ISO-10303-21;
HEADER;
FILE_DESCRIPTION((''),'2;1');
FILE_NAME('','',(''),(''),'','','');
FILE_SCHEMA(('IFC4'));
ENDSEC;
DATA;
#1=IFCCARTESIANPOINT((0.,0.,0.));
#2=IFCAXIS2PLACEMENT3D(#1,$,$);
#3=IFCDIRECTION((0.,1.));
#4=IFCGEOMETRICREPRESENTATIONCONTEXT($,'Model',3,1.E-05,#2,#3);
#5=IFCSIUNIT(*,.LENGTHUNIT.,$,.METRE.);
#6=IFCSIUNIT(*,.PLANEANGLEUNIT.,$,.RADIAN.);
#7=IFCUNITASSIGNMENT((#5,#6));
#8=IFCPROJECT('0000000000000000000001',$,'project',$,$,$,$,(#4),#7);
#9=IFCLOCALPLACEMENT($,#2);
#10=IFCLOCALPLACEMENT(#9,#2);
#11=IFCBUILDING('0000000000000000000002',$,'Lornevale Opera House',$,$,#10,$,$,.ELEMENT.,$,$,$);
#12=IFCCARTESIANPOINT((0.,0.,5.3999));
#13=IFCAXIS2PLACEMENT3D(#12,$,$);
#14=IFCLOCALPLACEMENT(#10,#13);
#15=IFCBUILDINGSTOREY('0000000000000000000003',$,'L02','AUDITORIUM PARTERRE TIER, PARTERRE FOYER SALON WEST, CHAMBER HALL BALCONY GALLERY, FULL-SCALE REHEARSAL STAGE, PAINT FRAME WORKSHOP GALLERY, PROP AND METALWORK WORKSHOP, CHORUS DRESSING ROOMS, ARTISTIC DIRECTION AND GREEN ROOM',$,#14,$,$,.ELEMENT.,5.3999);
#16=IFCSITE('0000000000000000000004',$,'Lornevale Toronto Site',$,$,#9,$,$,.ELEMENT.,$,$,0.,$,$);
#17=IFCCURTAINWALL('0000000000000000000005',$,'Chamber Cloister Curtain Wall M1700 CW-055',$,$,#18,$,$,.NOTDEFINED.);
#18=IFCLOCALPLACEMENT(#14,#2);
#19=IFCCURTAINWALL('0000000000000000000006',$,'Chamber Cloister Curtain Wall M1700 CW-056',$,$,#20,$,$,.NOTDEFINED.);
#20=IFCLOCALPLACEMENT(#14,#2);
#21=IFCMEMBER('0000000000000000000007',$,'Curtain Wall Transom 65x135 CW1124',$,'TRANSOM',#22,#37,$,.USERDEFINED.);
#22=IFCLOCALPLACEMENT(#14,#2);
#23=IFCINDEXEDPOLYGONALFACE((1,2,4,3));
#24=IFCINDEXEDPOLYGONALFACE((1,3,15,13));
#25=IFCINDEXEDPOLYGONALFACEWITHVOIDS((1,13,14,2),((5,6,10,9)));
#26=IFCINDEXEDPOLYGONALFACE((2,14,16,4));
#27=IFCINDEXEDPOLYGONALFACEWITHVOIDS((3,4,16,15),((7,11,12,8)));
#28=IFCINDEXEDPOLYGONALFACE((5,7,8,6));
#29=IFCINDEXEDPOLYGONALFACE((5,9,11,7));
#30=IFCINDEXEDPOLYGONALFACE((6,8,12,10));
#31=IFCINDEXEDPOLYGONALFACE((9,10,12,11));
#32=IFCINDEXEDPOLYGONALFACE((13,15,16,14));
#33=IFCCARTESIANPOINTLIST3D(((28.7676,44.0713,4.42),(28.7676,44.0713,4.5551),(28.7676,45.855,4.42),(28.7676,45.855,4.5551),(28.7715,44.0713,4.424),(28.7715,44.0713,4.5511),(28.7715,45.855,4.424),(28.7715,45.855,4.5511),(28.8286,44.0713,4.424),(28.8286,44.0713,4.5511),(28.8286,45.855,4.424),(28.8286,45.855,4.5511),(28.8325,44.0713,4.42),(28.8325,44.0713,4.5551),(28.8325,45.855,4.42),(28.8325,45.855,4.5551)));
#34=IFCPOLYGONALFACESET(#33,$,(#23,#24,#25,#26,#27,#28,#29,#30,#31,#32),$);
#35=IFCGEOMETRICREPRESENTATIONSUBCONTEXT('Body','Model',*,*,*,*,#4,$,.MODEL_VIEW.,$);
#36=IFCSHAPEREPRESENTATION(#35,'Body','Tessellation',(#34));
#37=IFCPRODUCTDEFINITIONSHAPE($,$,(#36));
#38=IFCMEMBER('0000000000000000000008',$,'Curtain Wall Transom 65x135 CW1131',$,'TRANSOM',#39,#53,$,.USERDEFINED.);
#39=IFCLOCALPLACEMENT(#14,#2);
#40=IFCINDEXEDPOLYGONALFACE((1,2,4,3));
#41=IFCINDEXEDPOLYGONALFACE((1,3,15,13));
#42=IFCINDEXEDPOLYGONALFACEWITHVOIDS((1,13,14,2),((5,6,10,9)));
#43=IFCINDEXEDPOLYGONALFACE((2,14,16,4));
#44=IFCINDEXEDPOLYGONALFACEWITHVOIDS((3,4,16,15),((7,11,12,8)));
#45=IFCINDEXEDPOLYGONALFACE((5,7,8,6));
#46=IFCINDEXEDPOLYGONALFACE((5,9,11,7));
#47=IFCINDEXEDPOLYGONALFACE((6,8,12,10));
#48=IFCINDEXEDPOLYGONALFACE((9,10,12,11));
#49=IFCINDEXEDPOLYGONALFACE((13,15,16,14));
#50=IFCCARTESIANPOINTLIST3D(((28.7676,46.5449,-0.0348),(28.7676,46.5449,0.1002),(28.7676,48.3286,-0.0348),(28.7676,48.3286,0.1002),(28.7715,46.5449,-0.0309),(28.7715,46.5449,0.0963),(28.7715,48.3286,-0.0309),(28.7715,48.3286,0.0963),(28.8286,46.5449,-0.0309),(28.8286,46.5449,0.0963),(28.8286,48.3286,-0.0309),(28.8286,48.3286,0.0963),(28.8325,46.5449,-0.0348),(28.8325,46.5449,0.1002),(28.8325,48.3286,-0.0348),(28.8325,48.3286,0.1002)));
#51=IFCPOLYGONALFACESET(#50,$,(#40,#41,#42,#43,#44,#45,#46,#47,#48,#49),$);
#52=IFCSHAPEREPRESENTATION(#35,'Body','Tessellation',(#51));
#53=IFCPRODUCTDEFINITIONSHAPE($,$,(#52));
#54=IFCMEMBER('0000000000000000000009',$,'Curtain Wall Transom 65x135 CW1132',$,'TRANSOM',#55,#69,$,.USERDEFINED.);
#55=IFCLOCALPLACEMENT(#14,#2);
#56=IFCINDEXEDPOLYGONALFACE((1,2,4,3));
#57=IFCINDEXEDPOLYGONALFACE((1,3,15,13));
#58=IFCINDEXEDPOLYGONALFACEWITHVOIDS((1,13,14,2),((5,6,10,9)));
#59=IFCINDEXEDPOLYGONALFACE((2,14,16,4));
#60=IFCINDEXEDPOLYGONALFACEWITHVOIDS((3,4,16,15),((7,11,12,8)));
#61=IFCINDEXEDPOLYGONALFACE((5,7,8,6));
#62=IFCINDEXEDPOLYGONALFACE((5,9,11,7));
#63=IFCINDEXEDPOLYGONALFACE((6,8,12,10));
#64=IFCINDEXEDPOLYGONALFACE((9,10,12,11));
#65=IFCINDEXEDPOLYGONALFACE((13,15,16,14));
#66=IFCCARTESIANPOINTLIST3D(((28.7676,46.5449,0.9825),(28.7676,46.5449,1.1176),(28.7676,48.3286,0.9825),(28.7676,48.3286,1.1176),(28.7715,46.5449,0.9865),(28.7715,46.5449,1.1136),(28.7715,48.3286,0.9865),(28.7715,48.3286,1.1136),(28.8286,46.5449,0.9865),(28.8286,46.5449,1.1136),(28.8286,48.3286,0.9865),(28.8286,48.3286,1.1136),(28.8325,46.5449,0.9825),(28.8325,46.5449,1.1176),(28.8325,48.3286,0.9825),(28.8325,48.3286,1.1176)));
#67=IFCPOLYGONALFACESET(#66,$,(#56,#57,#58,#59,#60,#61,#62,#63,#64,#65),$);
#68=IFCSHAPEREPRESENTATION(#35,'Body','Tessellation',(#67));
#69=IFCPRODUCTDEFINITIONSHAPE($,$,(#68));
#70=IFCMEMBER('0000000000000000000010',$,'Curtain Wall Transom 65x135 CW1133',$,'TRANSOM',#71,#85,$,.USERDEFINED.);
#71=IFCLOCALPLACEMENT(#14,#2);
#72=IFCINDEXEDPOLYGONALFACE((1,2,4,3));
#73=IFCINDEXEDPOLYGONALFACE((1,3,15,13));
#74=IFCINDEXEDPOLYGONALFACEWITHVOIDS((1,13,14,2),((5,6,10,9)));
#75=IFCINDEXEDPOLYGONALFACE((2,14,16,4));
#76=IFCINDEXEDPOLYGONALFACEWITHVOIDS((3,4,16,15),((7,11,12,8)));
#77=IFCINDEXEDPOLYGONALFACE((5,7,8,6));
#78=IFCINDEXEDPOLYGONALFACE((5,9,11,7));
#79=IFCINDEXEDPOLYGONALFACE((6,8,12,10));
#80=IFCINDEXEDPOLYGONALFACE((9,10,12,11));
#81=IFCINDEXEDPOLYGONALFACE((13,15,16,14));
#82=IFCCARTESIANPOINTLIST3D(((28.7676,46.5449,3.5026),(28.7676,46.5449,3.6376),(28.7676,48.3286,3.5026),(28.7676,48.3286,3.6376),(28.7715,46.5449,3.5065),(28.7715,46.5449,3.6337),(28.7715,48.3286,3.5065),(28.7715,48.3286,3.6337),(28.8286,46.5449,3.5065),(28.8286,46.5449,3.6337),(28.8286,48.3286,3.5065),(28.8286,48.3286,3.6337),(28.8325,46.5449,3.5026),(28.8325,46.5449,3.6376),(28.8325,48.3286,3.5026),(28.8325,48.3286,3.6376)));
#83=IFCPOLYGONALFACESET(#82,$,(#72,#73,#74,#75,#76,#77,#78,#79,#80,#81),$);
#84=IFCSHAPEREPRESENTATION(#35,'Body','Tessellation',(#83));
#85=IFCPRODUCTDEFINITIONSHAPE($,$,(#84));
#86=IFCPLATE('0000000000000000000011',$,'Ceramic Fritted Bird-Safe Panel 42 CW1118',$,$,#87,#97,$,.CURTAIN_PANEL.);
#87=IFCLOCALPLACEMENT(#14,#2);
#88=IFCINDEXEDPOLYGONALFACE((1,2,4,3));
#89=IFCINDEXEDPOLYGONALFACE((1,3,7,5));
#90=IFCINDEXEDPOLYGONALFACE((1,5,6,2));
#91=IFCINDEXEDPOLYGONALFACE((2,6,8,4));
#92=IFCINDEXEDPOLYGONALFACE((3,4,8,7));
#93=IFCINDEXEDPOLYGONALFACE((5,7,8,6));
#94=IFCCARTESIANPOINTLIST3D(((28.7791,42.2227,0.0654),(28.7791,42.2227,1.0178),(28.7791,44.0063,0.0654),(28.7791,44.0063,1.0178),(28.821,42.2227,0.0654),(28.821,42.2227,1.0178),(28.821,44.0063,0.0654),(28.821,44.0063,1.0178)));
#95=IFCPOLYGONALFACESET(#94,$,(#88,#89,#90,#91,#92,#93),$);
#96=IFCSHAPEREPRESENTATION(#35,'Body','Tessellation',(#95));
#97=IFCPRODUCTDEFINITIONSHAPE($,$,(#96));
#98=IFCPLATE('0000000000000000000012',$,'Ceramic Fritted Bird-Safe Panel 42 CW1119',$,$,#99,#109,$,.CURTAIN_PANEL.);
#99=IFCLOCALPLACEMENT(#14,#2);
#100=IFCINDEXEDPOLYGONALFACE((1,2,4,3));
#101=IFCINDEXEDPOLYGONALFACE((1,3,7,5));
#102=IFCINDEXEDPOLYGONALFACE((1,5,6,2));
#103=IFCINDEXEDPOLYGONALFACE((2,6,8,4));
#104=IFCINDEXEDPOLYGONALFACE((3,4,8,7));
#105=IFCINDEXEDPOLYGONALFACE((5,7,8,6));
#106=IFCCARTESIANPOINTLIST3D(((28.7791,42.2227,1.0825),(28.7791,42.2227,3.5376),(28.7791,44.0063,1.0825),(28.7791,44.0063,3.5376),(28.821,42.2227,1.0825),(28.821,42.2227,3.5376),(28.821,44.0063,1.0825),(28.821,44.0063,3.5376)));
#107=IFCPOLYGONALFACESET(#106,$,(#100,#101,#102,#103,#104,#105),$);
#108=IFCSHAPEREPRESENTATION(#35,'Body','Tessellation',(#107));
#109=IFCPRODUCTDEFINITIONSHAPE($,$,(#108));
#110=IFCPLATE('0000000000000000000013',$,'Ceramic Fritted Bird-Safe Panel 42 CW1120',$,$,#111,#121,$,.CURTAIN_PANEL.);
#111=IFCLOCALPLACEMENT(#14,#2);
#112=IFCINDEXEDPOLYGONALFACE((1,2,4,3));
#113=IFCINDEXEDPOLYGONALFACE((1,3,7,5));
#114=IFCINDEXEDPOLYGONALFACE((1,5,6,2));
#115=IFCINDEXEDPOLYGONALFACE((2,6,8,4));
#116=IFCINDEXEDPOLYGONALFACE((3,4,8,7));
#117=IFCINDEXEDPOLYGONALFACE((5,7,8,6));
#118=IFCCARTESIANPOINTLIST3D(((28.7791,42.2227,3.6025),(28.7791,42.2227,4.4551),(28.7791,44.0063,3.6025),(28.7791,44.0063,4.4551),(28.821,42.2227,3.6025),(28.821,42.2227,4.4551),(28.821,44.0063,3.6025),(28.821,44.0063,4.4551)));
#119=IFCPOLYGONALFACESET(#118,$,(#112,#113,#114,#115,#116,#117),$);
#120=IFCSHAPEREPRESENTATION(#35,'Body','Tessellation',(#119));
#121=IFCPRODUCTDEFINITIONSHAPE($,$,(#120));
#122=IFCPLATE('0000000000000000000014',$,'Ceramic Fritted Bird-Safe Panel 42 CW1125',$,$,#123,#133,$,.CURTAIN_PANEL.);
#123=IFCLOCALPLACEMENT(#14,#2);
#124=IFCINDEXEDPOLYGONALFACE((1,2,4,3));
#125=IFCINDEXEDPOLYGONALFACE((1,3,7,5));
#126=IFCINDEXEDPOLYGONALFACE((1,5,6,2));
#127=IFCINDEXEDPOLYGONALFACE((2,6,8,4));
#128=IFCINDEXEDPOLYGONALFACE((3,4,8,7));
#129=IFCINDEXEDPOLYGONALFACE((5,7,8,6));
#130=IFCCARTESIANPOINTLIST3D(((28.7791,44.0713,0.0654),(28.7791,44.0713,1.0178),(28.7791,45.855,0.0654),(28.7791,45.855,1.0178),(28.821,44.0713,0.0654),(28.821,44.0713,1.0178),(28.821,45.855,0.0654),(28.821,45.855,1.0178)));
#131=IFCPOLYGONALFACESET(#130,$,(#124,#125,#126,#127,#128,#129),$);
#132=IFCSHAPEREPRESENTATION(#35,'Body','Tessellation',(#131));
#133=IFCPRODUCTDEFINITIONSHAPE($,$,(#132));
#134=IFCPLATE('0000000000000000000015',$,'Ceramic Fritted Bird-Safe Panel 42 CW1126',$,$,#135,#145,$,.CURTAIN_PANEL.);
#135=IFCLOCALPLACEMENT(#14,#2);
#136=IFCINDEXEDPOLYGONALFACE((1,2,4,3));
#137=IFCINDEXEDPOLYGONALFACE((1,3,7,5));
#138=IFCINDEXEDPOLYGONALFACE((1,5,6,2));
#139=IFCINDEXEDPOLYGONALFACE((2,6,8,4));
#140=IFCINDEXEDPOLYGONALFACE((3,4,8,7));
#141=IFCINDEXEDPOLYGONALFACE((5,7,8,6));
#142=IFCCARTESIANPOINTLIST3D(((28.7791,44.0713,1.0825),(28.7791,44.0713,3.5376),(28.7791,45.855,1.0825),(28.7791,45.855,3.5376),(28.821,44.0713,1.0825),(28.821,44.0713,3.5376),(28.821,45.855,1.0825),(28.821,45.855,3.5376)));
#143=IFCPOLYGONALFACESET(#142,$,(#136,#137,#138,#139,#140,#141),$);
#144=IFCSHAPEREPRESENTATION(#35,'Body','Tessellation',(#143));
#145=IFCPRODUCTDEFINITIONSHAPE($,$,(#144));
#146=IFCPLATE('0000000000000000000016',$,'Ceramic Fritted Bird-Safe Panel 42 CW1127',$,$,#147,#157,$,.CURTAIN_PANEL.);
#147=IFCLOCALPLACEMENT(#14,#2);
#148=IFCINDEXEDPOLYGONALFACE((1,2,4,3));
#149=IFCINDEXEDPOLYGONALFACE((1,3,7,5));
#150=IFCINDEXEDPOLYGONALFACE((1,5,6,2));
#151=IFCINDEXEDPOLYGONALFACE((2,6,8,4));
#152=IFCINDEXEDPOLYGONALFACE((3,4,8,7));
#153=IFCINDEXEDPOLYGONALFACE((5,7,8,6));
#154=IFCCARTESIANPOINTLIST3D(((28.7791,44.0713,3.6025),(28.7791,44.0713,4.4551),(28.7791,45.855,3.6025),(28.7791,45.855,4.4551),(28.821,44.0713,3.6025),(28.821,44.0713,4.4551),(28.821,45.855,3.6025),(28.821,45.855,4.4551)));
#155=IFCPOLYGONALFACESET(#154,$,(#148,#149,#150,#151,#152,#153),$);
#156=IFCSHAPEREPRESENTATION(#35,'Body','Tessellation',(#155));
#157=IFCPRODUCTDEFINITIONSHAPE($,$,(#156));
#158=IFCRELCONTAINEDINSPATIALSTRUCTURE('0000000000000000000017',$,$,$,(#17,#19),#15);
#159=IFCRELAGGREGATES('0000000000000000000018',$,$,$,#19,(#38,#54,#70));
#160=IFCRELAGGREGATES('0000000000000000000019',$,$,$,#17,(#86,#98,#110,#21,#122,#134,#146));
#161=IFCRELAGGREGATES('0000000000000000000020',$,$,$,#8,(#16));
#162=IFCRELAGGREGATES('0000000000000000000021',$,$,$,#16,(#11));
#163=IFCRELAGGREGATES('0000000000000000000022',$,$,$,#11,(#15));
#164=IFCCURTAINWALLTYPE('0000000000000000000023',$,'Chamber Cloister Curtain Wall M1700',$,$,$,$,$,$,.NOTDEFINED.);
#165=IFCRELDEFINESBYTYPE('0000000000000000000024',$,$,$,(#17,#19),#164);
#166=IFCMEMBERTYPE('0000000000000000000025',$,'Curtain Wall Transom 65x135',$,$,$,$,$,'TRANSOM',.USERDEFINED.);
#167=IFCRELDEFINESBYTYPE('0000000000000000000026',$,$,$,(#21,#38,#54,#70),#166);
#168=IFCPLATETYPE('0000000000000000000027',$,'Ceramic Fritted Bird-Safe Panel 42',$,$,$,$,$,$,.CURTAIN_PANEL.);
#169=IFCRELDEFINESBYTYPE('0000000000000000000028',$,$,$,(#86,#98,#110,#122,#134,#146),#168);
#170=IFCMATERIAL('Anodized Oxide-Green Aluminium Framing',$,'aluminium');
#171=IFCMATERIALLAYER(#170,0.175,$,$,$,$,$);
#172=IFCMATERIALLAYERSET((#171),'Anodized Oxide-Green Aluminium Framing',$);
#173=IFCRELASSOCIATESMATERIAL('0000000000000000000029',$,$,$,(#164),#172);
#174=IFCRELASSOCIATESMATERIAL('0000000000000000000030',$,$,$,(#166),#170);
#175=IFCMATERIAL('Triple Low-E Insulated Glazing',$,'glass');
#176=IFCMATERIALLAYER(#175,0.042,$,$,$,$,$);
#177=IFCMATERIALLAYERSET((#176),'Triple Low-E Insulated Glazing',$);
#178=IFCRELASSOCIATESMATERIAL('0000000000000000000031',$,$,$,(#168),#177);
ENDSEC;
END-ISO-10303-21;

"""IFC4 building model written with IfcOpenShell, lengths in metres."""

from ifc_helpers import new_model, si_unit, direction, frame, origin, origin_2d, place, context, subcontext, project, spatial, rectangle, hollow_rectangle, extrude, material, layer, layer_set, material_profile, profile_set, type_object, element, aggregate, save


model = new_model("IFC4")

# Units and contexts
model_context = context("Model", 3, precision=1e-05, world=origin(), true_north=direction((0.0, 1.0)))
body_context = subcontext(model_context, "Body", "Model", "MODEL_VIEW")
ifc_project = project(units=[si_unit("LENGTHUNIT", "METRE"), si_unit("PLANEANGLEUNIT", "RADIAN")], contexts=[model_context])

# Site, building, storey
site_placement = place(None, origin())
site = spatial("IfcSite", under=ifc_project, at=site_placement, Name="Lornevale Toronto Site", CompositionType="ELEMENT", RefElevation=0.0)
building_placement = place(site_placement, origin())
building = spatial("IfcBuilding", under=site, at=building_placement, Name="Lornevale Opera House", CompositionType="ELEMENT")
storey_placement = place(building_placement, frame((0.0, 0.0, 5.3999)))
storey = spatial("IfcBuildingStorey", under=building, at=storey_placement, Name="L02", Description="AUDITORIUM PARTERRE TIER, PARTERRE FOYER SALON WEST, CHAMBER HALL BALCONY GALLERY, FULL-SCALE REHEARSAL STAGE, PAINT FRAME WORKSHOP GALLERY, PROP AND METALWORK WORKSHOP, CHORUS DRESSING ROOMS, ARTISTIC DIRECTION AND GREEN ROOM", CompositionType="ELEMENT", Elevation=5.3999)

# Curtain wall
ifc_material_1 = material(Name="Anodized Oxide-Green Aluminium Framing", Category="aluminium")
ifc_layer_1 = layer(ifc_material_1, 0.175)
ifc_layer_set_1 = layer_set([ifc_layer_1], Name="Anodized Oxide-Green Aluminium Framing")
curtain_wall_type = type_object("IfcCurtainWallType", Name="Chamber Cloister Curtain Wall M1700", PredefinedType="NOTDEFINED", material=ifc_layer_set_1)
curtain_wall_1_placement = place(storey_placement, origin())
curtain_wall_1 = element("IfcCurtainWall", 1, at=curtain_wall_1_placement, inside=storey, type_object=curtain_wall_type, Name="Chamber Cloister Curtain Wall M1700 CW-055", PredefinedType="NOTDEFINED")

# Curtain wall
curtain_wall_2_placement = place(storey_placement, origin())
curtain_wall_2 = element("IfcCurtainWall", 2, at=curtain_wall_2_placement, inside=storey, type_object=curtain_wall_type, Name="Chamber Cloister Curtain Wall M1700 CW-056", PredefinedType="NOTDEFINED")

# Members
ifc_material_profile_1 = material_profile(ifc_material_1, hollow_rectangle(XDim=0.0649, YDim=0.135, WallThickness=0.0039, at=origin_2d()), Name="ALU65x135x4")
ifc_profile_set_1 = profile_set([ifc_material_profile_1], Name="Anodized Oxide-Green Aluminium Framing")
member_type_1 = type_object("IfcMemberType", Name="Curtain Wall Transom 65x135", ElementType="TRANSOM", PredefinedType="USERDEFINED", material=ifc_profile_set_1)
member_1_placement = place(storey_placement, frame((28.8, 44.0713, 4.4875), z_axis=(0.0, 1.0, 0.0), x_axis=(-1.0, 0.0, 0.0)))
member_1 = element("IfcMember", 3, at=member_1_placement, type_object=member_type_1, Name="Curtain Wall Transom 65x135 CW1124", ObjectType="TRANSOM", PredefinedType="USERDEFINED", context=body_context, shape_type="SweptSolid", body=[
    extrude(hollow_rectangle(XDim=0.0649, YDim=0.135, WallThickness=0.0039, at=origin_2d()), origin(), (0.0, 0.0, 1.0), 1.7837),
])
member_2_placement = place(storey_placement, frame((28.8, 46.5449, 0.0327), z_axis=(0.0, 1.0, 0.0), x_axis=(-1.0, 0.0, 0.0)))
member_2 = element("IfcMember", 4, at=member_2_placement, type_object=member_type_1, Name="Curtain Wall Transom 65x135 CW1131", ObjectType="TRANSOM", PredefinedType="USERDEFINED", context=body_context, shape_type="SweptSolid", body=[
    extrude(hollow_rectangle(XDim=0.0649, YDim=0.135, WallThickness=0.0039, at=origin_2d()), origin(), (0.0, 0.0, 1.0), 1.7837),
])
member_3_placement = place(storey_placement, frame((28.8, 46.5449, 1.05), z_axis=(0.0, 1.0, 0.0), x_axis=(-1.0, 0.0, 0.0)))
member_3 = element("IfcMember", 5, at=member_3_placement, type_object=member_type_1, Name="Curtain Wall Transom 65x135 CW1132", ObjectType="TRANSOM", PredefinedType="USERDEFINED", context=body_context, shape_type="SweptSolid", body=[
    extrude(hollow_rectangle(XDim=0.0649, YDim=0.135, WallThickness=0.0039, at=origin_2d()), origin(), (0.0, 0.0, 1.0), 1.7837),
])
member_4_placement = place(storey_placement, frame((28.8, 46.5449, 3.5701), z_axis=(0.0, 1.0, 0.0), x_axis=(-1.0, 0.0, 0.0)))
member_4 = element("IfcMember", 6, at=member_4_placement, type_object=member_type_1, Name="Curtain Wall Transom 65x135 CW1133", ObjectType="TRANSOM", PredefinedType="USERDEFINED", context=body_context, shape_type="SweptSolid", body=[
    extrude(hollow_rectangle(XDim=0.0649, YDim=0.135, WallThickness=0.0039, at=origin_2d()), origin(), (0.0, 0.0, 1.0), 1.7837),
])
aggregate(curtain_wall_2, [member_2, member_3, member_4])

# Plates
ifc_material_2 = material(Name="Triple Low-E Insulated Glazing", Category="glass")
ifc_layer_2 = layer(ifc_material_2, 0.042)
ifc_layer_set_2 = layer_set([ifc_layer_2], Name="Triple Low-E Insulated Glazing")
plate_type = type_object("IfcPlateType", Name="Ceramic Fritted Bird-Safe Panel 42", PredefinedType="CURTAIN_PANEL", material=ifc_layer_set_2)
plate_1_placement = place(storey_placement, frame((28.8, 43.1145, 0.0654), z_axis=(0.0, 0.0, 1.0), x_axis=(0.0, 1.0, 0.0)))
plate_1 = element("IfcPlate", 7, at=plate_1_placement, type_object=plate_type, Name="Ceramic Fritted Bird-Safe Panel 42 CW1118", PredefinedType="CURTAIN_PANEL", context=body_context, shape_type="SweptSolid", body=[
    extrude(rectangle(XDim=1.7837, YDim=0.042, at=origin_2d()), origin(), (0.0, 0.0, 1.0), 0.9524),
])
plate_2_placement = place(storey_placement, frame((28.8, 43.1145, 1.0825), z_axis=(0.0, 0.0, 1.0), x_axis=(0.0, 1.0, 0.0)))
plate_2 = element("IfcPlate", 8, at=plate_2_placement, type_object=plate_type, Name="Ceramic Fritted Bird-Safe Panel 42 CW1119", PredefinedType="CURTAIN_PANEL", context=body_context, shape_type="SweptSolid", body=[
    extrude(rectangle(XDim=1.7837, YDim=0.042, at=origin_2d()), origin(), (0.0, 0.0, 1.0), 2.4551),
])
plate_3_placement = place(storey_placement, frame((28.8, 43.1145, 3.6025), z_axis=(0.0, 0.0, 1.0), x_axis=(0.0, 1.0, 0.0)))
plate_3 = element("IfcPlate", 9, at=plate_3_placement, type_object=plate_type, Name="Ceramic Fritted Bird-Safe Panel 42 CW1120", PredefinedType="CURTAIN_PANEL", context=body_context, shape_type="SweptSolid", body=[
    extrude(rectangle(XDim=1.7837, YDim=0.042, at=origin_2d()), origin(), (0.0, 0.0, 1.0), 0.8525),
])
plate_4_placement = place(storey_placement, frame((28.8, 44.9631, 0.0654), z_axis=(0.0, 0.0, 1.0), x_axis=(0.0, 1.0, 0.0)))
plate_4 = element("IfcPlate", 10, at=plate_4_placement, type_object=plate_type, Name="Ceramic Fritted Bird-Safe Panel 42 CW1125", PredefinedType="CURTAIN_PANEL", context=body_context, shape_type="SweptSolid", body=[
    extrude(rectangle(XDim=1.7837, YDim=0.042, at=origin_2d()), origin(), (0.0, 0.0, 1.0), 0.9524),
])
plate_5_placement = place(storey_placement, frame((28.8, 44.9631, 1.0825), z_axis=(0.0, 0.0, 1.0), x_axis=(0.0, 1.0, 0.0)))
plate_5 = element("IfcPlate", 11, at=plate_5_placement, type_object=plate_type, Name="Ceramic Fritted Bird-Safe Panel 42 CW1126", PredefinedType="CURTAIN_PANEL", context=body_context, shape_type="SweptSolid", body=[
    extrude(rectangle(XDim=1.7837, YDim=0.042, at=origin_2d()), origin(), (0.0, 0.0, 1.0), 2.4551),
])
plate_6_placement = place(storey_placement, frame((28.8, 44.9631, 3.6025), z_axis=(0.0, 0.0, 1.0), x_axis=(0.0, 1.0, 0.0)))
plate_6 = element("IfcPlate", 12, at=plate_6_placement, type_object=plate_type, Name="Ceramic Fritted Bird-Safe Panel 42 CW1127", PredefinedType="CURTAIN_PANEL", context=body_context, shape_type="SweptSolid", body=[
    extrude(rectangle(XDim=1.7837, YDim=0.042, at=origin_2d()), origin(), (0.0, 0.0, 1.0), 0.8525),
])
aggregate(curtain_wall_1, [plate_1, plate_2, plate_3, member_1, plate_4, plate_5, plate_6])

save(model, "model.ifc")
